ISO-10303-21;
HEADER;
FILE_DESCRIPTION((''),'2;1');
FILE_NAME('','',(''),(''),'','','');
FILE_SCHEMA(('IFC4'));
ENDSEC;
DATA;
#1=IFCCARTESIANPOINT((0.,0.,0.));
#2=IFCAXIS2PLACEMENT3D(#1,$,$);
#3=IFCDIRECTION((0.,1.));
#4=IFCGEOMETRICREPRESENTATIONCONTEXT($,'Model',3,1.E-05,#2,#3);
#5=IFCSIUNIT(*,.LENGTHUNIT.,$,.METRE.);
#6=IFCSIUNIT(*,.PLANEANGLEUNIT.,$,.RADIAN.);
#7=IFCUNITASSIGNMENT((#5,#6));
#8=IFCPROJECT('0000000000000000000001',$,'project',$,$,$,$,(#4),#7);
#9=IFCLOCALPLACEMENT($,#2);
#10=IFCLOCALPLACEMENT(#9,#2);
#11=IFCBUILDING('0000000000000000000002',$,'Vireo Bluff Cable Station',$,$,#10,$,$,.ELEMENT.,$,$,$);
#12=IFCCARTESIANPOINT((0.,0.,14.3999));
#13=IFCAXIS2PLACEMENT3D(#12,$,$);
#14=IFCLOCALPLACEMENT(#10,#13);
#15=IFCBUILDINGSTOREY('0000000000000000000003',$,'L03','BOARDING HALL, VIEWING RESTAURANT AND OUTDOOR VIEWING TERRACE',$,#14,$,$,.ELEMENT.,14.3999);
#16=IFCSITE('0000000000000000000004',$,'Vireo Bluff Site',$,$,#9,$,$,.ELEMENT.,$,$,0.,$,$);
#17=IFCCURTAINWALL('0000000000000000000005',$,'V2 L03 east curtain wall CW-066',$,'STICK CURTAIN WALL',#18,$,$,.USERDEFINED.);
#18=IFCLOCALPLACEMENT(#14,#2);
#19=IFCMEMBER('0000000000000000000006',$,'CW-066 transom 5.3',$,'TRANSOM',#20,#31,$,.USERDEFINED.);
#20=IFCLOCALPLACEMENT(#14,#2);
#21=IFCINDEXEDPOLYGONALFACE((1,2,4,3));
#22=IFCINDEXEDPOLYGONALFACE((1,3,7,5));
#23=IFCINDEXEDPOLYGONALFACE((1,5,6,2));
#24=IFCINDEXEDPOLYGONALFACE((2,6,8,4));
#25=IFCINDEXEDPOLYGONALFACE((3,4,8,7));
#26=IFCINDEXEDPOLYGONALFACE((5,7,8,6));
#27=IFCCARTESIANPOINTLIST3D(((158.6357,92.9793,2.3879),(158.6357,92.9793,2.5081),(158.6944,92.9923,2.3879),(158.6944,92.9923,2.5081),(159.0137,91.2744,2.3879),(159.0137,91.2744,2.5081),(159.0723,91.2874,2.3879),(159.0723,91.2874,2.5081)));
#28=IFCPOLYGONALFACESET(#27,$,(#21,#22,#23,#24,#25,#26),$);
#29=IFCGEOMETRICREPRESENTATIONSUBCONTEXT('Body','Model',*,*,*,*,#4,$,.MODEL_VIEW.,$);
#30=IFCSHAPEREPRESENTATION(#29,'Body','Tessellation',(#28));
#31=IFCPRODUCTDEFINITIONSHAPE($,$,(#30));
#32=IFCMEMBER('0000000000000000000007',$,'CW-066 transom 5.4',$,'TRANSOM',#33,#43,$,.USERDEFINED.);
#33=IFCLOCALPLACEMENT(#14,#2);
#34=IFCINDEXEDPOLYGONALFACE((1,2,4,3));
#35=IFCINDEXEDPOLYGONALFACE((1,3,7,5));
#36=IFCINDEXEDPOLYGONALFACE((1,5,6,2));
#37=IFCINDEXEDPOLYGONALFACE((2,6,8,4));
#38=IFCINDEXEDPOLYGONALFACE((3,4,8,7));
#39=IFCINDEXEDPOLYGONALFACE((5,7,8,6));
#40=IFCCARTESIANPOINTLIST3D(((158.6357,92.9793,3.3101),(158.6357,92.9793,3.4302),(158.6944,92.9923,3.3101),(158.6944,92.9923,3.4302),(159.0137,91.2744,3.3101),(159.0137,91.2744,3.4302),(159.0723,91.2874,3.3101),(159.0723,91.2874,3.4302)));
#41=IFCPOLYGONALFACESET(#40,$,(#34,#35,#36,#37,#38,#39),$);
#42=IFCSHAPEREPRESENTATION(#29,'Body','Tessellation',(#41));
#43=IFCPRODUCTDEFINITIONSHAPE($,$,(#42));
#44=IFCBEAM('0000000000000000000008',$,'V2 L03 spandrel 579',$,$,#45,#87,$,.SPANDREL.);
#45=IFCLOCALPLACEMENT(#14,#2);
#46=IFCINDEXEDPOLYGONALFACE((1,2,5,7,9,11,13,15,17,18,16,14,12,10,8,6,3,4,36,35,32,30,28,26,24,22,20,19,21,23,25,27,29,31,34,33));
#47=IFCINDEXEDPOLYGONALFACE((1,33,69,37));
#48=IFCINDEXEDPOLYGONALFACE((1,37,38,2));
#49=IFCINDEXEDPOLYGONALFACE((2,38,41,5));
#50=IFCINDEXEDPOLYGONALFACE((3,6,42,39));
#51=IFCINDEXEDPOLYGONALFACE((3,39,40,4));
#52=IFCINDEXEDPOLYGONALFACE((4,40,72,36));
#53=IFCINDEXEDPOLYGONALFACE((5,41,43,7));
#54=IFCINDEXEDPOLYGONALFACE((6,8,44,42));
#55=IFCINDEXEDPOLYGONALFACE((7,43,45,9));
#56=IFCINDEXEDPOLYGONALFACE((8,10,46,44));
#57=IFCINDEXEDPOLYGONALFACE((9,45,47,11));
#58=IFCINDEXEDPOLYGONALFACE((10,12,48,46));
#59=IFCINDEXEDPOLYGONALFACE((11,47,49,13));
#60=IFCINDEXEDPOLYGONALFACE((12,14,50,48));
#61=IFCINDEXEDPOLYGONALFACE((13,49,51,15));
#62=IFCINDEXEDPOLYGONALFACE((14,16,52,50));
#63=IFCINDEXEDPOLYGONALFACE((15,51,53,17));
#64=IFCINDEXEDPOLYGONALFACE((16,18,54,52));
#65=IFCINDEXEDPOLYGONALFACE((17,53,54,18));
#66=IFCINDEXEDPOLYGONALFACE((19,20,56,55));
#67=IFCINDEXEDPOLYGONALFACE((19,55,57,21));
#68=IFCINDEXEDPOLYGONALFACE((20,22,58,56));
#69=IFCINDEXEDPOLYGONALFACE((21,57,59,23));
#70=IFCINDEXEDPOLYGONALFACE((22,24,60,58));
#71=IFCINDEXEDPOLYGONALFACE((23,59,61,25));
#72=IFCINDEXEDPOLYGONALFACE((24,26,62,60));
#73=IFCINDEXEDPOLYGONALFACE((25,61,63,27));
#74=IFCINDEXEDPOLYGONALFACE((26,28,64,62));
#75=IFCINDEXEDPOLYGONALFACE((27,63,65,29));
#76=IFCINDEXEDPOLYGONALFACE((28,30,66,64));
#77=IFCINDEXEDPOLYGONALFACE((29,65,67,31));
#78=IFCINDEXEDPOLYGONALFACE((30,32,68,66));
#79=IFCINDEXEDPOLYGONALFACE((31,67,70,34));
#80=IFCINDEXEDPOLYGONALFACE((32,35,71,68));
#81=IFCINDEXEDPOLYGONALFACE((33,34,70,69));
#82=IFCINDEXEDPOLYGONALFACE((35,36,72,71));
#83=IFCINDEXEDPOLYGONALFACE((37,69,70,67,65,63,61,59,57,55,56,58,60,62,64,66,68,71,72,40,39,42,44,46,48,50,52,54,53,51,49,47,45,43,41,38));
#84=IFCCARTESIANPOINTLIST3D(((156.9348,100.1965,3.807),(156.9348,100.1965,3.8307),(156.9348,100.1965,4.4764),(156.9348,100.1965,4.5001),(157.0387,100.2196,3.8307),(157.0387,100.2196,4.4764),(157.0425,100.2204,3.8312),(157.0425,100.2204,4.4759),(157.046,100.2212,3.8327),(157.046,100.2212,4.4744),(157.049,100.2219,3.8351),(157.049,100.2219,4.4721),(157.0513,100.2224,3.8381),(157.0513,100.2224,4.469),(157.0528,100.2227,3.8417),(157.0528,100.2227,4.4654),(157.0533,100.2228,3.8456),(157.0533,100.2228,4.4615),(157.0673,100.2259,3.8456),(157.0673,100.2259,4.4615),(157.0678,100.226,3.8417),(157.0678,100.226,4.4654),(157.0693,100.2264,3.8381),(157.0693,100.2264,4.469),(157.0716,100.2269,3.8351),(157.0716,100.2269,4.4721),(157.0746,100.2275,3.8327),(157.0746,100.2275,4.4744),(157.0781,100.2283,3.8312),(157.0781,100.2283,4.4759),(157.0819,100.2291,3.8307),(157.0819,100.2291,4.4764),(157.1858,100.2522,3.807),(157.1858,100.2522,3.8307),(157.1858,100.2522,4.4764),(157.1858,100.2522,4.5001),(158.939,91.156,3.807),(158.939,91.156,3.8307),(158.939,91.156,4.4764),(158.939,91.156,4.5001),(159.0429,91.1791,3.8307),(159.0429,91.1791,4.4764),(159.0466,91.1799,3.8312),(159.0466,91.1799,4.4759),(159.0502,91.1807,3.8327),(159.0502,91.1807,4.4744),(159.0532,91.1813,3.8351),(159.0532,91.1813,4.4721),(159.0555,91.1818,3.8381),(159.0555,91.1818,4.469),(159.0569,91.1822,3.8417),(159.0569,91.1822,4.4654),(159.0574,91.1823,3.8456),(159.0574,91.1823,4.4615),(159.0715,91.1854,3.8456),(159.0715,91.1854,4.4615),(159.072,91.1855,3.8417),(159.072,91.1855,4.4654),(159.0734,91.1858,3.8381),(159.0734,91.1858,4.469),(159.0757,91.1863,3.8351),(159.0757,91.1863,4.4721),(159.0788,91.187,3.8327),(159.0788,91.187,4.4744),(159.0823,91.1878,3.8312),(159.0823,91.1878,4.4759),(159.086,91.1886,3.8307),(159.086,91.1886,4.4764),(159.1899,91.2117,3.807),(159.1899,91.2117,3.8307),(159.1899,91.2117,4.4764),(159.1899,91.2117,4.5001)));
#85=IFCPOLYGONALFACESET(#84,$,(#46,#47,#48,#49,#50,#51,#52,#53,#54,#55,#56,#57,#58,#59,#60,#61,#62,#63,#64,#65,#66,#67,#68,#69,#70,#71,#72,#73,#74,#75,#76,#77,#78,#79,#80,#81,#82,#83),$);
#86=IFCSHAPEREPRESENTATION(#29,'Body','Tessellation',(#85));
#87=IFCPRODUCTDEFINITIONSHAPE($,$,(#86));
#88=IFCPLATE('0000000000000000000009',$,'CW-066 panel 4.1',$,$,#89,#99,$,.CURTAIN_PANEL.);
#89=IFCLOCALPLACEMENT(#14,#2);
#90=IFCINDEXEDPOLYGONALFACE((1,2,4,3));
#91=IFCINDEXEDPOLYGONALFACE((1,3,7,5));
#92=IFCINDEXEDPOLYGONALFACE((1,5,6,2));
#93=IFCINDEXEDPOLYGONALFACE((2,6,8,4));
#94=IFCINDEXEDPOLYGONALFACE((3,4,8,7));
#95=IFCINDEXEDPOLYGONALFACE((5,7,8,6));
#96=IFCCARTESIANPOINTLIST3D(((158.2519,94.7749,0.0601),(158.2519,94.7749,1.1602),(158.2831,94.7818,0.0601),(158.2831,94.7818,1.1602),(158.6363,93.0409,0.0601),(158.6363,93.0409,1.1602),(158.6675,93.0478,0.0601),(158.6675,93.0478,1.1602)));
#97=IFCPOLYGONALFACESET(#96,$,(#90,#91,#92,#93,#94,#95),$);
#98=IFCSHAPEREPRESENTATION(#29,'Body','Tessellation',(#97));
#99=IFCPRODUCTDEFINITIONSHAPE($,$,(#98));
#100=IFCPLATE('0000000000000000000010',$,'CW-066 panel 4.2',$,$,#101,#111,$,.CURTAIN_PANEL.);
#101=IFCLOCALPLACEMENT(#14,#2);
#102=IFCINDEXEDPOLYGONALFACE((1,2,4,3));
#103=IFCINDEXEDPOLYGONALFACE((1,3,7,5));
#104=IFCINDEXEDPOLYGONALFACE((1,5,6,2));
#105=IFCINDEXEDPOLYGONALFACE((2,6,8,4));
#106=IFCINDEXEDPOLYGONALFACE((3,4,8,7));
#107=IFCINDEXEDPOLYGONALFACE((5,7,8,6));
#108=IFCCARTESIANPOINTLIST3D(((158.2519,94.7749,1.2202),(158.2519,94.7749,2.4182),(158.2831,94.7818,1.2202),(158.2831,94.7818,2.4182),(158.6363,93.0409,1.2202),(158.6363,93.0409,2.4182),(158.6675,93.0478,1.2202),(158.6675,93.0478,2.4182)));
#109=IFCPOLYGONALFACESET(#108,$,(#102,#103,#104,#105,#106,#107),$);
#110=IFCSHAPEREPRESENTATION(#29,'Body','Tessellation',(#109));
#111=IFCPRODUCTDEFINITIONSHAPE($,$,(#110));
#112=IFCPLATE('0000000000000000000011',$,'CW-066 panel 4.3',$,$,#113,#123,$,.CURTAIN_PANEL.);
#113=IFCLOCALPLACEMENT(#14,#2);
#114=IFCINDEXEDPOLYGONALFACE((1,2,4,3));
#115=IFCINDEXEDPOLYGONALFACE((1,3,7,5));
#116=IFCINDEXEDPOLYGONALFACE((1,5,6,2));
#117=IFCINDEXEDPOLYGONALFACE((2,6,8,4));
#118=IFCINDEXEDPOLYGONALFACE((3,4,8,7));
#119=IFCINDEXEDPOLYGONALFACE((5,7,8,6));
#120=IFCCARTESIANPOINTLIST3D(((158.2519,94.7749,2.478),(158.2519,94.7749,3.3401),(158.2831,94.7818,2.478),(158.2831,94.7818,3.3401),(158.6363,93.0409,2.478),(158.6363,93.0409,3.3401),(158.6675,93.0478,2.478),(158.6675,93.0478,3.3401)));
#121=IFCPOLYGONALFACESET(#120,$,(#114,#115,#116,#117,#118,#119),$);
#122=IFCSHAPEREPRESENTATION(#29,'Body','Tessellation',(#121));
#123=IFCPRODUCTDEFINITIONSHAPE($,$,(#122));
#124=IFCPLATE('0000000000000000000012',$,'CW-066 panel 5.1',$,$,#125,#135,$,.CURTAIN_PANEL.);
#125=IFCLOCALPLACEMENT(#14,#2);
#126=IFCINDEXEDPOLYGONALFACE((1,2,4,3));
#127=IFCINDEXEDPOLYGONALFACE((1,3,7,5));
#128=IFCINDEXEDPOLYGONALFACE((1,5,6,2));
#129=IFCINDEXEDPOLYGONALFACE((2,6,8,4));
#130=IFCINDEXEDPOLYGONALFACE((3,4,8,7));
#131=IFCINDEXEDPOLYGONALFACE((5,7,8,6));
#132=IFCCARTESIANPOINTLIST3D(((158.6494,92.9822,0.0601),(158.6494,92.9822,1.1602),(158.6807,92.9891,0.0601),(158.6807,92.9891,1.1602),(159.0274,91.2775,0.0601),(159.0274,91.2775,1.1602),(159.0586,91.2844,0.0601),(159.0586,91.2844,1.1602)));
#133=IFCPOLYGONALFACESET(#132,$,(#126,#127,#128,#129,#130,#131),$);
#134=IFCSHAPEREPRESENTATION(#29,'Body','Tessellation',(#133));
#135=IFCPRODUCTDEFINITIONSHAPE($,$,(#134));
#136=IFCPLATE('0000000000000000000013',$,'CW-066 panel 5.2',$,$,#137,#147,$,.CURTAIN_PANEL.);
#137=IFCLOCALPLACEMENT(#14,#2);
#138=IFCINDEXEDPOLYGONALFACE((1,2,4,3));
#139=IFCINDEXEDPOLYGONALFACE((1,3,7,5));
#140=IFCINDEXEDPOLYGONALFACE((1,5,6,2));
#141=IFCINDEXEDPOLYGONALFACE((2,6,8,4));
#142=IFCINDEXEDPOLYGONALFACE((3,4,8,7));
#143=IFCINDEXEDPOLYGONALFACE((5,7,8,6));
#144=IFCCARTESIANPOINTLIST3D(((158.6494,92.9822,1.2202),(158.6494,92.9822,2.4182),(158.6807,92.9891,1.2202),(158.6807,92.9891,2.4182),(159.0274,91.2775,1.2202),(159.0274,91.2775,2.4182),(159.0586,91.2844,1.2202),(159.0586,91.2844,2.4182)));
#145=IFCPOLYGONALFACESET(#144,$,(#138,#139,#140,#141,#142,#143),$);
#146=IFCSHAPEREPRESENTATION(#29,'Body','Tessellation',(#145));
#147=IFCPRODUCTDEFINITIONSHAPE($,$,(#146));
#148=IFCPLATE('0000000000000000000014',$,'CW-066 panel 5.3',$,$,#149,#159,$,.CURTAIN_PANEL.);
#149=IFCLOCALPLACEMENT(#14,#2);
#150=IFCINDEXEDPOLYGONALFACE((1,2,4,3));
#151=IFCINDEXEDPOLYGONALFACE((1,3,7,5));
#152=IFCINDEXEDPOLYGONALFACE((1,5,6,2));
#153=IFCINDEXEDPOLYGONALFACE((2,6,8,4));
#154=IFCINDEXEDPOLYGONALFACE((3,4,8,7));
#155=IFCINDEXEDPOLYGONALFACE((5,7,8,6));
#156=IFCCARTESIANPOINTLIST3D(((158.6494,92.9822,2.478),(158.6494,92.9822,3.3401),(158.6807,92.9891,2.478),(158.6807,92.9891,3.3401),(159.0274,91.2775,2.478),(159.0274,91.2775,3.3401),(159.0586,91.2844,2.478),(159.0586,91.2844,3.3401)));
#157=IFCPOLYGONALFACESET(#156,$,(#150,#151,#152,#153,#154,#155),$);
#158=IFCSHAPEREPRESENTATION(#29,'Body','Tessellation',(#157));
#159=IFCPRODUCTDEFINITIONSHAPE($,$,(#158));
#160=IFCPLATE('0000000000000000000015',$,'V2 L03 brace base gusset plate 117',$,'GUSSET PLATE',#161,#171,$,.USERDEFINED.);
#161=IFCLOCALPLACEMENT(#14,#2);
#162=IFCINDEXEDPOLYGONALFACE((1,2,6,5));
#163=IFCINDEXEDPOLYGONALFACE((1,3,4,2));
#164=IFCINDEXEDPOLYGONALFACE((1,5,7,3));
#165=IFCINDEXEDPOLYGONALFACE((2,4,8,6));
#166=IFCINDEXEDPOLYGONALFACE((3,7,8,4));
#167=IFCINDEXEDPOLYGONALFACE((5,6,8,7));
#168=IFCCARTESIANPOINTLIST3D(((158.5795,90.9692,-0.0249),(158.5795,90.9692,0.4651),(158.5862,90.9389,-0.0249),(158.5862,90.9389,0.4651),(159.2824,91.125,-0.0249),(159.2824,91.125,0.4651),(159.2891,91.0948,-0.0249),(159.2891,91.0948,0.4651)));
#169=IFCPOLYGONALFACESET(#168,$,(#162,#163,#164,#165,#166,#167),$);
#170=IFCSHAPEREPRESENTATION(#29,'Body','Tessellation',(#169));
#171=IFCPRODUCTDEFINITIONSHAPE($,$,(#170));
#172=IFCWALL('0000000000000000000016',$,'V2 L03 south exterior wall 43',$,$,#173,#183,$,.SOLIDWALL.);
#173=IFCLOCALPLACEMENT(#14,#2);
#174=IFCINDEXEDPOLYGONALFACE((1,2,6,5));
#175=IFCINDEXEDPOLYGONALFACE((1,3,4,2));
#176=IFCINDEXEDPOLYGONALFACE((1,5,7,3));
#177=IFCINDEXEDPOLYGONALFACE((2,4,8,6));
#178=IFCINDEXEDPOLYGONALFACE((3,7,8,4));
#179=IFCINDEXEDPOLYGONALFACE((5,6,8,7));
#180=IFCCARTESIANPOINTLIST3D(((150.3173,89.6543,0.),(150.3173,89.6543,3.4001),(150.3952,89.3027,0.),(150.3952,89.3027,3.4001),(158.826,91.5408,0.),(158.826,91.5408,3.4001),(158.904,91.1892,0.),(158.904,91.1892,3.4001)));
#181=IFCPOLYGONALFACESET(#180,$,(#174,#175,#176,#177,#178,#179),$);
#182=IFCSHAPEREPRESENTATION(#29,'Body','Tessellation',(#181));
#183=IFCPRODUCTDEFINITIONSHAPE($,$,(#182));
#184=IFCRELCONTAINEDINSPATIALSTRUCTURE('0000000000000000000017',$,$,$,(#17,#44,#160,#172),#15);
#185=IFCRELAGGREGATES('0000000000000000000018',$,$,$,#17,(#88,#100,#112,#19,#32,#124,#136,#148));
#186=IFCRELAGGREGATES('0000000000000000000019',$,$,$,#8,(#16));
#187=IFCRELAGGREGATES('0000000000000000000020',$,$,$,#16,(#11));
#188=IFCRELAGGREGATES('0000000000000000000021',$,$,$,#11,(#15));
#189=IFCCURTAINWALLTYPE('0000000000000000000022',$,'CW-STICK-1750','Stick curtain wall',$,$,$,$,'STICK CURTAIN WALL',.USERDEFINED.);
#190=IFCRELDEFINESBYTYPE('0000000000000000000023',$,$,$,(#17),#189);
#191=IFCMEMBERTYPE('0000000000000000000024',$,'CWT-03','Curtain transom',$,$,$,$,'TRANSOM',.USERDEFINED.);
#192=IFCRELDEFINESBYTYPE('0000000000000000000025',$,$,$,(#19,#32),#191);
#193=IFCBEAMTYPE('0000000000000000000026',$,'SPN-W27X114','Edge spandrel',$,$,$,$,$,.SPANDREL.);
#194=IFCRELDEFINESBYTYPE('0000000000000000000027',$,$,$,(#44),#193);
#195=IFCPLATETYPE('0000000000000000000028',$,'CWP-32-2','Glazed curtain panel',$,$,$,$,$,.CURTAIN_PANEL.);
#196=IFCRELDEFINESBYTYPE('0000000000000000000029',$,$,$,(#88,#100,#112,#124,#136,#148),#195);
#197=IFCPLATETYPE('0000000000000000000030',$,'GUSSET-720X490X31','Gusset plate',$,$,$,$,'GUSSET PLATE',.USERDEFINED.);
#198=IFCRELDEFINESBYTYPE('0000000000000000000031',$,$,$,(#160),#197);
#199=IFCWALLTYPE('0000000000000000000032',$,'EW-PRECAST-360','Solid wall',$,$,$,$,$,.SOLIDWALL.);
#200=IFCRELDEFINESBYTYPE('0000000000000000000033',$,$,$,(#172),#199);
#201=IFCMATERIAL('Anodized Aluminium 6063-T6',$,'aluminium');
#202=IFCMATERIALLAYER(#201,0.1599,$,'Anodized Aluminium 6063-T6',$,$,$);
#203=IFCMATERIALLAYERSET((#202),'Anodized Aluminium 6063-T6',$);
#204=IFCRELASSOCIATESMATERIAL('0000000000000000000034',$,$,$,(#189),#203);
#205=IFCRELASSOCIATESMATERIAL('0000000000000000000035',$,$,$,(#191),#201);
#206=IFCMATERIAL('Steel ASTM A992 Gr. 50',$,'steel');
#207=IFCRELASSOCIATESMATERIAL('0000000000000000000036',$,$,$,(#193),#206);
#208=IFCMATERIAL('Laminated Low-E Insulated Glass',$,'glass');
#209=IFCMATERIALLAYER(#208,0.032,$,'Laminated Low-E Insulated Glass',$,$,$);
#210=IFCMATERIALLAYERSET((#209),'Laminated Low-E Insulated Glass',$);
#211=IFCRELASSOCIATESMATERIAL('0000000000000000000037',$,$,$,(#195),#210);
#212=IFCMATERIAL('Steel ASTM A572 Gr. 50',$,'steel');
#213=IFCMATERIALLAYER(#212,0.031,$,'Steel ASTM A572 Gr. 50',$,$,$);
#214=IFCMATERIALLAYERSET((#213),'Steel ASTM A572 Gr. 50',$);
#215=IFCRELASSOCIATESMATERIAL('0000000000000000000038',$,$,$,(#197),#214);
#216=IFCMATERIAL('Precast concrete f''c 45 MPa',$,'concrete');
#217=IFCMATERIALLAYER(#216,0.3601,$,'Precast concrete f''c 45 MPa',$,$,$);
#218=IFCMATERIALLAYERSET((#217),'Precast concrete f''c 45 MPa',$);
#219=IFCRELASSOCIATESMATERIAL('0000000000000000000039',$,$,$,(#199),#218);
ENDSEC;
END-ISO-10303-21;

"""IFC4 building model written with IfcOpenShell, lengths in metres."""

from ifc_helpers import new_model, si_unit, direction, frame, frame_2d, origin, origin_2d, place, context, subcontext, project, spatial, rectangle, i_section, extrude, material, layer, layer_set, material_profile, profile_set, type_object, element, aggregate, save


model = new_model("IFC4")

# Units and contexts
model_context = context("Model", 3, precision=1e-05, world=origin(), true_north=direction((0.0, 1.0)))
body_context = subcontext(model_context, "Body", "Model", "MODEL_VIEW")
ifc_project = project(units=[si_unit("LENGTHUNIT", "METRE"), si_unit("PLANEANGLEUNIT", "RADIAN")], contexts=[model_context])

# Site, building, storey
site_placement = place(None, origin())
site = spatial("IfcSite", under=ifc_project, at=site_placement, Name="Vireo Bluff Site", CompositionType="ELEMENT", RefElevation=0.0)
building_placement = place(site_placement, origin())
building = spatial("IfcBuilding", under=site, at=building_placement, Name="Vireo Bluff Cable Station", CompositionType="ELEMENT")
storey_placement = place(building_placement, frame((0.0, 0.0, 14.3999)))
storey = spatial("IfcBuildingStorey", under=building, at=storey_placement, Name="L03", Description="BOARDING HALL, VIEWING RESTAURANT AND OUTDOOR VIEWING TERRACE", CompositionType="ELEMENT", Elevation=14.3999)

# Shared definitions
ifc_material_1 = material(Name="Steel ASTM A992 Gr. 50", Category="steel")

# Curtain wall, members
ifc_material_2 = material(Name="Anodized Aluminium 6063-T6", Category="aluminium")
ifc_layer_1 = layer(ifc_material_2, 0.1599, Name="Anodized Aluminium 6063-T6")
ifc_layer_set_1 = layer_set([ifc_layer_1], Name="Anodized Aluminium 6063-T6")
curtain_wall_type = type_object("IfcCurtainWallType", Name="CW-STICK-1750", Description="Stick curtain wall", ElementType="STICK CURTAIN WALL", PredefinedType="USERDEFINED", material=ifc_layer_set_1)
curtain_wall_placement = place(storey_placement, origin())
curtain_wall = element("IfcCurtainWall", 1, at=curtain_wall_placement, inside=storey, type_object=curtain_wall_type, Name="V2 L03 east curtain wall CW-066", ObjectType="STICK CURTAIN WALL", PredefinedType="USERDEFINED")
ifc_material_profile_1 = material_profile(ifc_material_2, rectangle(XDim=0.0601, YDim=0.1201, at=origin_2d()), Name="ALU-T-60X120")
ifc_profile_set_1 = profile_set([ifc_material_profile_1], Name="Anodized Aluminium 6063-T6")
member_type_1 = type_object("IfcMemberType", Name="CWT-03", Description="Curtain transom", ElementType="TRANSOM", PredefinedType="USERDEFINED", material=ifc_profile_set_1)
member_1_placement = place(storey_placement, frame((158.665, 92.9858, 2.448), z_axis=(0.216427, -0.976299, 0.0), x_axis=(0.976299, 0.216427, 0.0)))
member_1 = element("IfcMember", 2, at=member_1_placement, type_object=member_type_1, Name="CW-066 transom 5.3", ObjectType="TRANSOM", PredefinedType="USERDEFINED", context=body_context, shape_type="SweptSolid", body=[
    extrude(rectangle(XDim=0.0601, YDim=0.1201, at=origin_2d()), origin(), (0.0, 0.0, 1.0), 1.7463),
])
member_2_placement = place(storey_placement, frame((158.665, 92.9858, 3.3701), z_axis=(0.216427, -0.976299, 0.0), x_axis=(0.976299, 0.216427, 0.0)))
member_2 = element("IfcMember", 3, at=member_2_placement, type_object=member_type_1, Name="CW-066 transom 5.4", ObjectType="TRANSOM", PredefinedType="USERDEFINED", context=body_context, shape_type="SweptSolid", body=[
    extrude(rectangle(XDim=0.0601, YDim=0.1201, at=origin_2d()), origin(), (0.0, 0.0, 1.0), 1.7463),
])

# Beam
ifc_material_profile_2 = material_profile(ifc_material_1, i_section(OverallWidth=0.2571, OverallDepth=0.6931, WebThickness=0.0144, FlangeThickness=0.0237, FilletRadius=0.0149, at=origin_2d()), Name="W27X114")
ifc_profile_set_2 = profile_set([ifc_material_profile_2], Name="Steel ASTM A992 Gr. 50")
beam_type = type_object("IfcBeamType", Name="SPN-W27X114", Description="Edge spandrel", PredefinedType="SPANDREL", material=ifc_profile_set_2)
beam_placement = place(storey_placement, frame((159.0645, 91.1838, 4.1536), z_axis=(-0.216431, 0.976298, 0.0), x_axis=(-0.976298, -0.216431, 0.0)))
element("IfcBeam", 4, at=beam_placement, inside=storey, type_object=beam_type, Name="V2 L03 spandrel 579", PredefinedType="SPANDREL", context=body_context, shape_type="SweptSolid", body=[
    extrude(i_section(OverallWidth=0.2571, OverallDepth=0.6931, WebThickness=0.0144, FlangeThickness=0.0237, FilletRadius=0.0149, at=origin_2d()), origin(), (0.0, 0.0, 1.0), 9.26),
])

# Plates
ifc_material_3 = material(Name="Laminated Low-E Insulated Glass", Category="glass")
ifc_layer_2 = layer(ifc_material_3, 0.032, Name="Laminated Low-E Insulated Glass")
ifc_layer_set_2 = layer_set([ifc_layer_2], Name="Laminated Low-E Insulated Glass")
plate_type_1 = type_object("IfcPlateType", Name="CWP-32-2", Description="Glazed curtain panel", PredefinedType="CURTAIN_PANEL", material=ifc_layer_set_2)
plate_1_placement = place(storey_placement, frame((158.4597, 93.9114, 0.0601), z_axis=(0.0, 0.0, 1.0), x_axis=(0.21644, -0.976296, 0.0)))
plate_1 = element("IfcPlate", 5, at=plate_1_placement, type_object=plate_type_1, Name="CW-066 panel 4.1", PredefinedType="CURTAIN_PANEL", context=body_context, shape_type="SweptSolid", body=[
    extrude(rectangle(XDim=1.7761, YDim=0.032, at=origin_2d()), origin(), (0.0, 0.0, 1.0), 1.1001),
])
plate_2_placement = place(storey_placement, frame((158.4597, 93.9114, 1.2202), z_axis=(0.0, 0.0, 1.0), x_axis=(0.21644, -0.976296, 0.0)))
plate_2 = element("IfcPlate", 6, at=plate_2_placement, type_object=plate_type_1, Name="CW-066 panel 4.2", PredefinedType="CURTAIN_PANEL", context=body_context, shape_type="SweptSolid", body=[
    extrude(rectangle(XDim=1.7761, YDim=0.032, at=origin_2d()), origin(), (0.0, 0.0, 1.0), 1.198),
])
plate_3_placement = place(storey_placement, frame((158.4597, 93.9114, 2.478), z_axis=(0.0, 0.0, 1.0), x_axis=(0.21644, -0.976296, 0.0)))
plate_3 = element("IfcPlate", 7, at=plate_3_placement, type_object=plate_type_1, Name="CW-066 panel 4.3", PredefinedType="CURTAIN_PANEL", context=body_context, shape_type="SweptSolid", body=[
    extrude(rectangle(XDim=1.7761, YDim=0.032, at=origin_2d()), origin(), (0.0, 0.0, 1.0), 0.8621),
])
plate_4_placement = place(storey_placement, frame((158.854, 92.1333, 0.0601), z_axis=(0.0, 0.0, 1.0), x_axis=(0.21644, -0.976296, 0.0)))
plate_4 = element("IfcPlate", 8, at=plate_4_placement, type_object=plate_type_1, Name="CW-066 panel 5.1", PredefinedType="CURTAIN_PANEL", context=body_context, shape_type="SweptSolid", body=[
    extrude(rectangle(XDim=1.7461, YDim=0.032, at=origin_2d()), origin(), (0.0, 0.0, 1.0), 1.1001),
])
plate_5_placement = place(storey_placement, frame((158.854, 92.1333, 1.2202), z_axis=(0.0, 0.0, 1.0), x_axis=(0.21644, -0.976296, 0.0)))
plate_5 = element("IfcPlate", 9, at=plate_5_placement, type_object=plate_type_1, Name="CW-066 panel 5.2", PredefinedType="CURTAIN_PANEL", context=body_context, shape_type="SweptSolid", body=[
    extrude(rectangle(XDim=1.7461, YDim=0.032, at=origin_2d()), origin(), (0.0, 0.0, 1.0), 1.198),
])
plate_6_placement = place(storey_placement, frame((158.854, 92.1333, 2.478), z_axis=(0.0, 0.0, 1.0), x_axis=(0.21644, -0.976296, 0.0)))
plate_6 = element("IfcPlate", 10, at=plate_6_placement, type_object=plate_type_1, Name="CW-066 panel 5.3", PredefinedType="CURTAIN_PANEL", context=body_context, shape_type="SweptSolid", body=[
    extrude(rectangle(XDim=1.7461, YDim=0.032, at=origin_2d()), origin(), (0.0, 0.0, 1.0), 0.8621),
])
aggregate(curtain_wall, [plate_1, plate_2, plate_3, member_1, member_2, plate_4, plate_5, plate_6])
ifc_material_4 = material(Name="Steel ASTM A572 Gr. 50", Category="steel")
ifc_layer_3 = layer(ifc_material_4, 0.031, Name="Steel ASTM A572 Gr. 50")
ifc_layer_set_3 = layer_set([ifc_layer_3], Name="Steel ASTM A572 Gr. 50")
plate_type_2 = type_object("IfcPlateType", Name="GUSSET-720X490X31", Description="Gusset plate", ElementType="GUSSET PLATE", PredefinedType="USERDEFINED", material=ifc_layer_set_3)
plate_7_placement = place(storey_placement, frame((158.9343, 91.032, -0.0249), z_axis=(0.0, 0.0, 1.0), x_axis=(0.976296, 0.21644, 0.0)))
element("IfcPlate", 11, at=plate_7_placement, inside=storey, type_object=plate_type_2, Name="V2 L03 brace base gusset plate 117", ObjectType="GUSSET PLATE", PredefinedType="USERDEFINED", context=body_context, shape_type="SweptSolid", body=[
    extrude(rectangle(XDim=0.72, YDim=0.031, at=origin_2d()), origin(), (0.0, 0.0, 1.0), 0.49),
])

# Wall
ifc_material_5 = material(Name="Precast concrete f'c 45 MPa", Category="concrete")
ifc_layer_4 = layer(ifc_material_5, 0.3601, Name="Precast concrete f'c 45 MPa")
ifc_layer_set_4 = layer_set([ifc_layer_4], Name="Precast concrete f'c 45 MPa")
wall_type_1 = type_object("IfcWallType", Name="EW-PRECAST-360", Description="Solid wall", PredefinedType="SOLIDWALL", material=ifc_layer_set_4)
wall_1_placement = place(storey_placement, frame((158.865, 91.365, 0.0), z_axis=(0.0, 0.0, 1.0), x_axis=(-0.976293, -0.216453, 0.0)))
element("IfcWall", 12, at=wall_1_placement, inside=storey, type_object=wall_type_1, Name="V2 L03 south exterior wall 43", PredefinedType="SOLIDWALL", context=body_context, shape_type="SweptSolid", body=[
    extrude(rectangle(XDim=8.7153, YDim=0.3601, at=frame_2d((4.3577, 0.0))), origin(), (0.0, 0.0, 1.0), 3.4001),
])

save(model, "model.ifc")
